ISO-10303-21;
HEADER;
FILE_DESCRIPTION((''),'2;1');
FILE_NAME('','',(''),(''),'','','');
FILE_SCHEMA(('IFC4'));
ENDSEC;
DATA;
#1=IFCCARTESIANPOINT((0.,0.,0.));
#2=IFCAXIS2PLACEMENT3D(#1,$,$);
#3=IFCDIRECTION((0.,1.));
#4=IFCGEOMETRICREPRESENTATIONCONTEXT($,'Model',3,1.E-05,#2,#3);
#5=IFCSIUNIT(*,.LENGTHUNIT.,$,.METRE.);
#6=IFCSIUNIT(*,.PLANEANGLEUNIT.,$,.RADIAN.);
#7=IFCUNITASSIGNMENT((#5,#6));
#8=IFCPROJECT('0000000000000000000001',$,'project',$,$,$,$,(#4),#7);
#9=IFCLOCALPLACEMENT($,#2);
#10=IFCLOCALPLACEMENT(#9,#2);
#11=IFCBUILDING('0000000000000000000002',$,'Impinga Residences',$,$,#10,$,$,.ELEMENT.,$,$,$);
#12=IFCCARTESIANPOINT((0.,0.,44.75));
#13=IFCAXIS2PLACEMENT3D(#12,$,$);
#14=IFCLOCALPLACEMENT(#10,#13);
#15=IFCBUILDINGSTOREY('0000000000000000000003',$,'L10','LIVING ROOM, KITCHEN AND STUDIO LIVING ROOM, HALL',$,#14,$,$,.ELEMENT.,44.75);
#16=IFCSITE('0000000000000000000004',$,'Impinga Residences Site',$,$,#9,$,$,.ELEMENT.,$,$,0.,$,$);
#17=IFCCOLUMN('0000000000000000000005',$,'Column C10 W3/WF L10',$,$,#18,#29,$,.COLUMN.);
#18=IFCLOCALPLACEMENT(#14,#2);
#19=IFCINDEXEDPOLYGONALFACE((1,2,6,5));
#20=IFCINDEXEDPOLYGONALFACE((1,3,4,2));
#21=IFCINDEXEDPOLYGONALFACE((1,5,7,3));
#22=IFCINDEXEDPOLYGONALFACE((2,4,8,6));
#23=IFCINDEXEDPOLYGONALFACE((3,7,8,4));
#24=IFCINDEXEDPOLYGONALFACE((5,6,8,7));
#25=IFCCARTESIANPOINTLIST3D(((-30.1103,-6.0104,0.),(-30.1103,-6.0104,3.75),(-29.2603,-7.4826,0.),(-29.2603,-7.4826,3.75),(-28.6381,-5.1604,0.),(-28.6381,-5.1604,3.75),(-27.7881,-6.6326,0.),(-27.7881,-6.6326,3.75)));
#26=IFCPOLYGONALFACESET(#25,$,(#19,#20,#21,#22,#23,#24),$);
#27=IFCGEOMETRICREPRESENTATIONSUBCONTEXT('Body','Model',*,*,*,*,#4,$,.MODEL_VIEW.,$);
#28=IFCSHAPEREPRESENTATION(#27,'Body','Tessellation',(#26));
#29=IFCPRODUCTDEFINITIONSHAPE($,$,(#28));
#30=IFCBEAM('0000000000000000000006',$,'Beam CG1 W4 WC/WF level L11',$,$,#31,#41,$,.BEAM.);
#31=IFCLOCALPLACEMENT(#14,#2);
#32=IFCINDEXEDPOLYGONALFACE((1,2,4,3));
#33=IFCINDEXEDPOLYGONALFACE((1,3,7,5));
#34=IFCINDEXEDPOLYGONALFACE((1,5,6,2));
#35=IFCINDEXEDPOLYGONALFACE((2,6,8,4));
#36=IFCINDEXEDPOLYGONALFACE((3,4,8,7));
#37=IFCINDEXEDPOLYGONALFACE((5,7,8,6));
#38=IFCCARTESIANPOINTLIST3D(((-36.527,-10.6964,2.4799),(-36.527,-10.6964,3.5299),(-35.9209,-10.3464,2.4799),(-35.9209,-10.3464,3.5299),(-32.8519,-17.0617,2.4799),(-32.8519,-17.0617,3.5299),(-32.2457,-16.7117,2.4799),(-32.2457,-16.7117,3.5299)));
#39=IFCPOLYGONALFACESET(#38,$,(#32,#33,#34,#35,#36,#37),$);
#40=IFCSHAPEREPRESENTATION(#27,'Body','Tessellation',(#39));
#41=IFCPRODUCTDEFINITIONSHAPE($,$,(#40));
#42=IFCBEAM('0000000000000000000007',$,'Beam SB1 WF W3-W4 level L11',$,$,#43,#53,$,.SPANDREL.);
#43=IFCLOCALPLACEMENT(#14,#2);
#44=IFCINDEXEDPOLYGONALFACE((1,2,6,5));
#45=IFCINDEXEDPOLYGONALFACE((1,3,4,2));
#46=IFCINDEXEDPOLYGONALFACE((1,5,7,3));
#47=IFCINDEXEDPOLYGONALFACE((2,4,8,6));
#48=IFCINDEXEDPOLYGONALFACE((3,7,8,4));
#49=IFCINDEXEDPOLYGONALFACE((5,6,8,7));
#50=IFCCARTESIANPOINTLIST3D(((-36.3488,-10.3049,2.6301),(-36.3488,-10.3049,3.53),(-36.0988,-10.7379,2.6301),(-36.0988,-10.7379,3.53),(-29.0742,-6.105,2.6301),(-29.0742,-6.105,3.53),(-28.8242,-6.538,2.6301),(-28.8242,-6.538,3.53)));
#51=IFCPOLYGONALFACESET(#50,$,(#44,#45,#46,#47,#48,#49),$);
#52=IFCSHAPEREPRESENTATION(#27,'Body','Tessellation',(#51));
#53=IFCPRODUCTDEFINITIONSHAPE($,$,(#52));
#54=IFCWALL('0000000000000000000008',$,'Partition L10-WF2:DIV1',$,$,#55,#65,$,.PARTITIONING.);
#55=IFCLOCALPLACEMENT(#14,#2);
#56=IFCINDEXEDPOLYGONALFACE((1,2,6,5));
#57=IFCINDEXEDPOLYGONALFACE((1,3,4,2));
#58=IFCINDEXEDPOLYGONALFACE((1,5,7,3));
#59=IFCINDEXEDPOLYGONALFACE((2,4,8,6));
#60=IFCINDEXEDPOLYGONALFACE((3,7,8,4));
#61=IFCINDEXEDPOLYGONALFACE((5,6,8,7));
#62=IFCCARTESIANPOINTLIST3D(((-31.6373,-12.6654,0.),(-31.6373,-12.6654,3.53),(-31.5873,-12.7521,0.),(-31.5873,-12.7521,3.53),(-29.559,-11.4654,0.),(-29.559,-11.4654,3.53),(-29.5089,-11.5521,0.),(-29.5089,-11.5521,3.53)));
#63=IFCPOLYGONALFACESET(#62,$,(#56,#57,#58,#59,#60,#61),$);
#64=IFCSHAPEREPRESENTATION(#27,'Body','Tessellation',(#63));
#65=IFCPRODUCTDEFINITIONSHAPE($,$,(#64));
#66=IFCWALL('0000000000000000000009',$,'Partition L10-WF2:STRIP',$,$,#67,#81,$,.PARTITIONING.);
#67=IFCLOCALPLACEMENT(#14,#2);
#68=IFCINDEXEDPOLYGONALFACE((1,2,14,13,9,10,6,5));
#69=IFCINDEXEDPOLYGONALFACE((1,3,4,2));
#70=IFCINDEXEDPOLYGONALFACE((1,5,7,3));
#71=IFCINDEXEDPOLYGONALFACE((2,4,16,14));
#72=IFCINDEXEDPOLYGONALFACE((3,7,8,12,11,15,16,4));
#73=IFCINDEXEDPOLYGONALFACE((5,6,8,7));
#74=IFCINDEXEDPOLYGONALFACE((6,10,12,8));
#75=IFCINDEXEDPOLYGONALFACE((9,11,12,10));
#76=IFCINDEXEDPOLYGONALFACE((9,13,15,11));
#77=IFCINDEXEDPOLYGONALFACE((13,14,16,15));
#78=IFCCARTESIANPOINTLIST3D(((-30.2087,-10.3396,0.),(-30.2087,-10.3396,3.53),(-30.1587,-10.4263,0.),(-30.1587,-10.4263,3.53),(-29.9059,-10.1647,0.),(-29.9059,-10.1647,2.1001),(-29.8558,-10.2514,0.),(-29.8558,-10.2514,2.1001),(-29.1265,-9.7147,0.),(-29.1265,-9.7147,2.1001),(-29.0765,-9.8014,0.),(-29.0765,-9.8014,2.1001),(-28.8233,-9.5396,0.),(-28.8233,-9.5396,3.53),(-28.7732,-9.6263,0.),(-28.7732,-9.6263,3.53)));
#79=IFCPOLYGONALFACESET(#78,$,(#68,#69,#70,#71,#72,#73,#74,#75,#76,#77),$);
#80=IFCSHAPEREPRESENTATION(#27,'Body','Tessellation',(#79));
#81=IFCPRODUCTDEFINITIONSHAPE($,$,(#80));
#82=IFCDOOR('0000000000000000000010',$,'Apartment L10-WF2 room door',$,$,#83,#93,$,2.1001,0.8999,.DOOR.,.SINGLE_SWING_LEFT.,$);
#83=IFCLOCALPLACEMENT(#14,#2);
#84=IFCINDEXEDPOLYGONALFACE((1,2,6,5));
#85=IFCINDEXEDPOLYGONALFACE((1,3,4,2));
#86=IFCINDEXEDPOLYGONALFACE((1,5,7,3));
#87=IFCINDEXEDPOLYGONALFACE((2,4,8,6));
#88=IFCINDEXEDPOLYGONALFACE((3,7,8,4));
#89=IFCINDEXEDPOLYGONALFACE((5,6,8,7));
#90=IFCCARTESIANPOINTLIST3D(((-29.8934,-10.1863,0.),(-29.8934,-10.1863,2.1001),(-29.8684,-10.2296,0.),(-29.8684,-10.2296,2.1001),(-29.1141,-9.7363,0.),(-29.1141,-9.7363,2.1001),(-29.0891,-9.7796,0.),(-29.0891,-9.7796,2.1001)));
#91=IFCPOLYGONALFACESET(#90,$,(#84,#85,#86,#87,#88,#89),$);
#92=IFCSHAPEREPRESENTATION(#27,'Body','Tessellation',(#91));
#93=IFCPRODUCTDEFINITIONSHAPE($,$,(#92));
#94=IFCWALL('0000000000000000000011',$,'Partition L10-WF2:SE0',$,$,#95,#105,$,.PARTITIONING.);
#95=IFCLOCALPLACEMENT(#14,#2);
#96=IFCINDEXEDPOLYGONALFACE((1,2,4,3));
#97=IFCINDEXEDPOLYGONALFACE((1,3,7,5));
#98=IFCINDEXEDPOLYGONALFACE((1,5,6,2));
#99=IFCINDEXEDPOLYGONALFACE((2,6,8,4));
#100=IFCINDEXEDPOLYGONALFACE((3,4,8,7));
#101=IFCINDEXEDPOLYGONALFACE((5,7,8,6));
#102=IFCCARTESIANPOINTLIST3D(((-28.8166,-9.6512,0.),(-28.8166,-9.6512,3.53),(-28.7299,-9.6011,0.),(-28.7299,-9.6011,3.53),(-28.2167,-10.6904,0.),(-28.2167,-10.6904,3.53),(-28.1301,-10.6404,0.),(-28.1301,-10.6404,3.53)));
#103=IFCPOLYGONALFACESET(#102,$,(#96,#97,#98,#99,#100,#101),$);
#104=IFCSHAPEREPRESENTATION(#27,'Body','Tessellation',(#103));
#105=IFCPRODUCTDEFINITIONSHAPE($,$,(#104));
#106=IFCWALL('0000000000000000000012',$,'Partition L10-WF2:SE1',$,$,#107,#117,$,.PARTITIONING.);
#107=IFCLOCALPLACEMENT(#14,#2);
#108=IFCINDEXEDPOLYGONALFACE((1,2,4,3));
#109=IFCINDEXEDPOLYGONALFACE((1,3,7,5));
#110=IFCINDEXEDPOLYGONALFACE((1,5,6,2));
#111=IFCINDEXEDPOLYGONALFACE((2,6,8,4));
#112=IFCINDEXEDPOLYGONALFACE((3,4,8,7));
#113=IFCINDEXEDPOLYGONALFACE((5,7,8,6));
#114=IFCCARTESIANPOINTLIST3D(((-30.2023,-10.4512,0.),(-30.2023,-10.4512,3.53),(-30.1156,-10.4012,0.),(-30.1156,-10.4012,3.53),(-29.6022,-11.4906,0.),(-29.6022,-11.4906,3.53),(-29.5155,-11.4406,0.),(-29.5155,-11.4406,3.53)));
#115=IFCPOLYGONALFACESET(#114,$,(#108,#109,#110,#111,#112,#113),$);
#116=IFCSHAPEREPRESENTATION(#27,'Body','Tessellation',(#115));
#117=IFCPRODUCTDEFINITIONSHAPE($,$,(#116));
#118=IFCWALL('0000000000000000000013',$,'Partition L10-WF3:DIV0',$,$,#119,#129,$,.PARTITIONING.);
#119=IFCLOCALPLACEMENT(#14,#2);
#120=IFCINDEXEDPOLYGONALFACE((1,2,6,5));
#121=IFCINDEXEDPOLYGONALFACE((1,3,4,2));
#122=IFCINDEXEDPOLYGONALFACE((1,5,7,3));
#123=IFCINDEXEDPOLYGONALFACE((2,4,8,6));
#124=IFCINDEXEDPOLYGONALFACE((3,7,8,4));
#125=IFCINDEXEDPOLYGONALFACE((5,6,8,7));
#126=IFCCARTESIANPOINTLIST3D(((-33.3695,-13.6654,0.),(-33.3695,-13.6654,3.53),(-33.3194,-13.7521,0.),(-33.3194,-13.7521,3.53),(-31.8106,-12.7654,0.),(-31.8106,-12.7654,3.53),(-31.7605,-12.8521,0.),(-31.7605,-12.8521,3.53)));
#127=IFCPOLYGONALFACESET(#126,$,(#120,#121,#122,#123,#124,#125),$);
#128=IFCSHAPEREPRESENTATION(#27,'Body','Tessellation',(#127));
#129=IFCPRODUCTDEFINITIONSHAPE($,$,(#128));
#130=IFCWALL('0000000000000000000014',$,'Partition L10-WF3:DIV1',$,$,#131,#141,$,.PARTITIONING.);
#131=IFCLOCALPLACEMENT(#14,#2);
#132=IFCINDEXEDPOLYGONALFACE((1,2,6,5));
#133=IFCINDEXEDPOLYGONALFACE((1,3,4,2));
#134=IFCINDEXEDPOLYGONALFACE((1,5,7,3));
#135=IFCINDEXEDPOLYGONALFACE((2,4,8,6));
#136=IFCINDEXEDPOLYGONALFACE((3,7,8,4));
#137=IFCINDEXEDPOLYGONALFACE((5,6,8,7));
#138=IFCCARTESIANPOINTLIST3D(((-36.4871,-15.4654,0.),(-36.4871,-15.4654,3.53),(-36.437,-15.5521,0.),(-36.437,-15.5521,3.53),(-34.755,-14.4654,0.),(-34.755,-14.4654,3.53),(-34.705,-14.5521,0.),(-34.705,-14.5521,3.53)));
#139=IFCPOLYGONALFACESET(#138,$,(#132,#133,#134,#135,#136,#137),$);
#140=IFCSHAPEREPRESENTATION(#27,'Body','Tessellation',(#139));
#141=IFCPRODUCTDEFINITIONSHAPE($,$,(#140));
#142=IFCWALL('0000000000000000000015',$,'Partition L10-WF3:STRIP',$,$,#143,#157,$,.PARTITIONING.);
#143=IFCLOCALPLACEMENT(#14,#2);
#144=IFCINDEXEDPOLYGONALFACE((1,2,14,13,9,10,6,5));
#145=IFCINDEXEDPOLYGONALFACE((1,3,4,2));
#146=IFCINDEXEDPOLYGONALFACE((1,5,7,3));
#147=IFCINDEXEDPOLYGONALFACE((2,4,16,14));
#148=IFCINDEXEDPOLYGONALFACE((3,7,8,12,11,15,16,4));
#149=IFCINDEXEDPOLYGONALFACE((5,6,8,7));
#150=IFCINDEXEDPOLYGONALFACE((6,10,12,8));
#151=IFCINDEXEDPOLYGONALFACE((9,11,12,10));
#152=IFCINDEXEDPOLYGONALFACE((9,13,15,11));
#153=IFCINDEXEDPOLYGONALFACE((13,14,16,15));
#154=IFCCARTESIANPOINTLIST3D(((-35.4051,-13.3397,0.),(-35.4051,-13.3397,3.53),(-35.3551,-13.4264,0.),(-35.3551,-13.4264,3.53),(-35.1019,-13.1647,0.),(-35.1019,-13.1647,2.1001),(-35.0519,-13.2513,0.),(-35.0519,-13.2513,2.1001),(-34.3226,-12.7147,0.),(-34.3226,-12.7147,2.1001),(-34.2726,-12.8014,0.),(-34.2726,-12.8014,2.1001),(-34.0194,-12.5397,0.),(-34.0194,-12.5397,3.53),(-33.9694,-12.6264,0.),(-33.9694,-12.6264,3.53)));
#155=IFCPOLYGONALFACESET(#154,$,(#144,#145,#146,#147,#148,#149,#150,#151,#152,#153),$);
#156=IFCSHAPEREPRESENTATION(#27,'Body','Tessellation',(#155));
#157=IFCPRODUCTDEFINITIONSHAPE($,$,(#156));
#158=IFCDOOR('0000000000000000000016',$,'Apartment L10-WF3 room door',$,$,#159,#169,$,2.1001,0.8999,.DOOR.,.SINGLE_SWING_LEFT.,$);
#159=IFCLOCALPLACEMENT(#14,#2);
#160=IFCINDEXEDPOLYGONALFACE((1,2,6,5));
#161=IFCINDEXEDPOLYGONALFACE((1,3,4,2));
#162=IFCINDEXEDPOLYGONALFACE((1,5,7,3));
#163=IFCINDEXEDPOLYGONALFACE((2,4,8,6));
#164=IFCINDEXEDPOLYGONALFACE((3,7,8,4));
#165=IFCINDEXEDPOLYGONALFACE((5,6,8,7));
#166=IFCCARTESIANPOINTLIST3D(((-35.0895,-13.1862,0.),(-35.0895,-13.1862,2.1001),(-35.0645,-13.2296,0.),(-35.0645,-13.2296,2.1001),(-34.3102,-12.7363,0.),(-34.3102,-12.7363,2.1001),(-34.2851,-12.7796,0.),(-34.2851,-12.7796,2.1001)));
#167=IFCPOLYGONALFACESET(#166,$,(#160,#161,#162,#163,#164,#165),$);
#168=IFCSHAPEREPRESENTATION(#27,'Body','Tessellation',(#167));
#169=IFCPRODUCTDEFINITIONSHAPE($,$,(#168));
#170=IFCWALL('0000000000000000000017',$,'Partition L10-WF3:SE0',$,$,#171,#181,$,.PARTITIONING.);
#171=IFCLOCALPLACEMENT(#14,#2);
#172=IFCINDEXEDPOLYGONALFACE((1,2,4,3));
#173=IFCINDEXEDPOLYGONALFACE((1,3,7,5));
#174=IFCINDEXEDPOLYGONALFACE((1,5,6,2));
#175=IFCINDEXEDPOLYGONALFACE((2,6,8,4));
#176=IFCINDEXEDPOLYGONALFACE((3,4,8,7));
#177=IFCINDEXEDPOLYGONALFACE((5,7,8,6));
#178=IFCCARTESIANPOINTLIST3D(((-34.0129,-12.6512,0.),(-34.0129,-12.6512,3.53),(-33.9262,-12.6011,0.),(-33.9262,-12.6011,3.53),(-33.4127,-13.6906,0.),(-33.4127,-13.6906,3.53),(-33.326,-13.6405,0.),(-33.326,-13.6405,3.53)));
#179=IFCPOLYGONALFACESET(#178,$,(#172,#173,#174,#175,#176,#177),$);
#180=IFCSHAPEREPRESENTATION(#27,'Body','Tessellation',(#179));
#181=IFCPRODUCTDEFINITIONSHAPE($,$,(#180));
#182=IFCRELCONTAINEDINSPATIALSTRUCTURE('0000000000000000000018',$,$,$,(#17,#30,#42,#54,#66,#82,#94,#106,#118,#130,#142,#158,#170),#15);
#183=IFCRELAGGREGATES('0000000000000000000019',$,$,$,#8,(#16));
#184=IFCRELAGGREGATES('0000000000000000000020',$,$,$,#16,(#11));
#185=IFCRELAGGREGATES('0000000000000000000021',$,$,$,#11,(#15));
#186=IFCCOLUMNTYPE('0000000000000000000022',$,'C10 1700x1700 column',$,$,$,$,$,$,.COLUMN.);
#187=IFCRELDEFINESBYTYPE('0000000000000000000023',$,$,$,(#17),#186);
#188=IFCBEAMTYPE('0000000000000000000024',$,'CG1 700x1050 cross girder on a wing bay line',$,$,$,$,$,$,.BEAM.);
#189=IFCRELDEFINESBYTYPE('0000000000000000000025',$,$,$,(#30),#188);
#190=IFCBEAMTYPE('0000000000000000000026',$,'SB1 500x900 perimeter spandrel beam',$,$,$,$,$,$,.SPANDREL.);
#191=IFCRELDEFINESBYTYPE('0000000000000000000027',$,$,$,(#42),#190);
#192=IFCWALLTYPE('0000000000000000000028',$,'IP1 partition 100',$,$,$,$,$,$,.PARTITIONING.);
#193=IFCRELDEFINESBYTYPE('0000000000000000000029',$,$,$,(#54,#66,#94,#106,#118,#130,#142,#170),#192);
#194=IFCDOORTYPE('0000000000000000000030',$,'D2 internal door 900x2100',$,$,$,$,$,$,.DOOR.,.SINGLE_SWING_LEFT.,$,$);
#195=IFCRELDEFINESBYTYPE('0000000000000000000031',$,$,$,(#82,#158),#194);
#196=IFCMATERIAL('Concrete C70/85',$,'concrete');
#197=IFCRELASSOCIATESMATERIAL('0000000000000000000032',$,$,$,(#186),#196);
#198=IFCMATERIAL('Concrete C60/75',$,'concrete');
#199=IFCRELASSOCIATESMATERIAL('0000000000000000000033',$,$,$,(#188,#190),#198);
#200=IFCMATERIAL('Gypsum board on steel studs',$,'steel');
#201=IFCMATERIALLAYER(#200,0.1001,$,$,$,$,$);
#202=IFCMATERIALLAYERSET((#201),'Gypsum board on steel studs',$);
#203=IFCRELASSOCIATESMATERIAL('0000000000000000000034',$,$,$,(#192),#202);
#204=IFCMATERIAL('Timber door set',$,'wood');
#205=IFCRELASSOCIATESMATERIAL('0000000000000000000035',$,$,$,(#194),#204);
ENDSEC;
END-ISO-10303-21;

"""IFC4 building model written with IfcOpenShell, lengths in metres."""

from ifc_helpers import new_model, si_unit, direction, frame, frame_2d, origin, origin_2d, place, context, subcontext, project, spatial, rectangle, extrude, material, layer, layer_set, material_profile, profile_set, type_object, element, fill, save


model = new_model("IFC4")

# Units and contexts
model_context = context("Model", 3, precision=1e-05, world=origin(), true_north=direction((0.0, 1.0)))
body_context = subcontext(model_context, "Body", "Model", "MODEL_VIEW")
ifc_project = project(units=[si_unit("LENGTHUNIT", "METRE"), si_unit("PLANEANGLEUNIT", "RADIAN")], contexts=[model_context])

# Site, building, storey
site_placement = place(None, origin())
site = spatial("IfcSite", under=ifc_project, at=site_placement, Name="Impinga Residences Site", CompositionType="ELEMENT", RefElevation=0.0)
building_placement = place(site_placement, origin())
building = spatial("IfcBuilding", under=site, at=building_placement, Name="Impinga Residences", CompositionType="ELEMENT")
storey_placement = place(building_placement, frame((0.0, 0.0, 44.75)))
storey = spatial("IfcBuildingStorey", under=building, at=storey_placement, Name="L10", Description="LIVING ROOM, KITCHEN AND STUDIO LIVING ROOM, HALL", CompositionType="ELEMENT", Elevation=44.75)

# Column
ifc_material_1 = material(Name="Concrete C70/85", Category="concrete")
ifc_material_profile_1 = material_profile(ifc_material_1, rectangle(XDim=1.7, YDim=1.7, at=origin_2d()), Name="RC 1700x1700")
ifc_profile_set_1 = profile_set([ifc_material_profile_1], Name="Concrete C70/85")
column_type = type_object("IfcColumnType", Name="C10 1700x1700 column", PredefinedType="COLUMN", material=ifc_profile_set_1)
column_placement = place(storey_placement, frame((-28.9492, -6.3215, 0.0), z_axis=(0.0, 0.0, 1.0), x_axis=(-0.5, 0.866025, 0.0)))
element("IfcColumn", 1, at=column_placement, inside=storey, type_object=column_type, Name="Column C10 W3/WF L10", PredefinedType="COLUMN", context=body_context, shape_type="SweptSolid", body=[
    extrude(rectangle(XDim=1.7, YDim=1.7, at=origin_2d()), origin(), (0.0, 0.0, 1.0), 3.75),
])

# Beams
ifc_material_2 = material(Name="Concrete C60/75", Category="concrete")
ifc_material_profile_2 = material_profile(ifc_material_2, rectangle(XDim=0.7, YDim=1.05, at=origin_2d()), Name="RC 700x1050")
ifc_profile_set_2 = profile_set([ifc_material_profile_2], Name="Concrete C60/75")
beam_type_1 = type_object("IfcBeamType", Name="CG1 700x1050 cross girder on a wing bay line", PredefinedType="BEAM", material=ifc_profile_set_2)
beam_1_placement = place(storey_placement, frame((-32.5488, -16.8867, 3.0049), z_axis=(-0.500008, 0.866021, 0.0), x_axis=(-0.866021, -0.500008, 0.0)))
element("IfcBeam", 2, at=beam_1_placement, inside=storey, type_object=beam_type_1, Name="Beam CG1 W4 WC/WF level L11", PredefinedType="BEAM", context=body_context, shape_type="SweptSolid", body=[
    extrude(rectangle(XDim=0.7, YDim=1.05, at=origin_2d()), origin(), (0.0, 0.0, 1.0), 7.3501),
])
ifc_material_profile_3 = material_profile(ifc_material_2, rectangle(XDim=0.5, YDim=0.8999, at=origin_2d()), Name="RC 500x900")
ifc_profile_set_3 = profile_set([ifc_material_profile_3], Name="Concrete C60/75")
beam_type_2 = type_object("IfcBeamType", Name="SB1 500x900 perimeter spandrel beam", PredefinedType="SPANDREL", material=ifc_profile_set_3)
beam_2_placement = place(storey_placement, frame((-28.9492, -6.3215, 3.0801), z_axis=(-0.866029, -0.499993, 0.0), x_axis=(0.499993, -0.866029, 0.0)))
element("IfcBeam", 3, at=beam_2_placement, inside=storey, type_object=beam_type_2, Name="Beam SB1 WF W3-W4 level L11", PredefinedType="SPANDREL", context=body_context, shape_type="SweptSolid", body=[
    extrude(rectangle(XDim=0.5, YDim=0.8999, at=origin_2d()), origin(), (0.0, 0.0, 1.0), 8.3999),
])

# Wall
ifc_material_3 = material(Name="Gypsum board on steel studs", Category="steel")
ifc_layer_1 = layer(ifc_material_3, 0.1001)
ifc_layer_set_1 = layer_set([ifc_layer_1], Name="Gypsum board on steel studs")
wall_type_1 = type_object("IfcWallType", Name="IP1 partition 100", PredefinedType="PARTITIONING", material=ifc_layer_set_1)
wall_1_placement = place(storey_placement, frame((-29.5339, -11.5088, 0.0), z_axis=(0.0, 0.0, 1.0), x_axis=(-0.866025, -0.500001, 0.0)))
element("IfcWall", 4, at=wall_1_placement, inside=storey, type_object=wall_type_1, Name="Partition L10-WF2:DIV1", PredefinedType="PARTITIONING", context=body_context, shape_type="SweptSolid", body=[
    extrude(rectangle(XDim=2.3999, YDim=0.1001, at=frame_2d((1.2, 0.0))), origin(), (0.0, 0.0, 1.0), 3.53),
])

# Wall, opening, door
wall_2_placement = place(storey_placement, frame((-28.7983, -9.583, 0.0), z_axis=(0.0, 0.0, 1.0), x_axis=(-0.86599, -0.500061, 0.0)))
wall_2 = element("IfcWall", 5, at=wall_2_placement, inside=storey, type_object=wall_type_1, Name="Partition L10-WF2:STRIP", PredefinedType="PARTITIONING", context=body_context, shape_type="SweptSolid", body=[
    extrude(rectangle(XDim=1.5999, YDim=0.1001, at=frame_2d((0.7998, 0.0))), origin(), (0.0, 0.0, 1.0), 3.53),
])
opening_1_placement = place(wall_2_placement, frame((0.3501, 0.0, 0.0)))
opening_1 = element("IfcOpeningElement", 6, at=opening_1_placement, cuts=wall_2, PredefinedType="OPENING", context=body_context, shape_type="SweptSolid", body=[
    extrude(rectangle(XDim=0.8999, YDim=2.1001, at=frame_2d((0.45, 1.05))), frame((0.0, 0.0601, 0.0), z_axis=(0.0, -1.0, 0.0), x_axis=(1.0, 0.0, 0.0)), (0.0, 0.0, 1.0), 0.1201),
])
ifc_material_4 = material(Name="Timber door set", Category="wood")
door_type = type_object("IfcDoorType", Name="D2 internal door 900x2100", OperationType="SINGLE_SWING_LEFT", PredefinedType="DOOR", material=ifc_material_4)
door_1_placement = place(opening_1_placement, origin())
door_1 = element("IfcDoor", 7, at=door_1_placement, inside=storey, type_object=door_type, Name="Apartment L10-WF2 room door", OperationType="SINGLE_SWING_LEFT", OverallHeight=2.1001, OverallWidth=0.8999, PredefinedType="DOOR", context=body_context, shape_type="SweptSolid", body=[
    extrude(rectangle(XDim=0.8999, YDim=2.1001, at=frame_2d((0.45, 1.05))), frame((0.0, 0.0249, 0.0), z_axis=(0.0, -1.0, 0.0), x_axis=(1.0, 0.0, 0.0)), (0.0, 0.0, 1.0), 0.05),
])
fill(opening_1, door_1)

# Walls
wall_3_placement = place(storey_placement, frame((-28.1733, -10.6655, 0.0), z_axis=(0.0, 0.0, 1.0), x_axis=(-0.499881, 0.866094, 0.0)))
element("IfcWall", 8, at=wall_3_placement, inside=storey, type_object=wall_type_1, Name="Partition L10-WF2:SE0", PredefinedType="PARTITIONING", context=body_context, shape_type="SweptSolid", body=[
    extrude(rectangle(XDim=1.2, YDim=0.1001, at=frame_2d((0.6001, 0.0))), origin(), (0.0, 0.0, 1.0), 3.53),
])
wall_4_placement = place(storey_placement, frame((-29.5588, -11.4656, 0.0), z_axis=(0.0, 0.0, 1.0), x_axis=(-0.500034, 0.866006, 0.0)))
element("IfcWall", 9, at=wall_4_placement, inside=storey, type_object=wall_type_1, Name="Partition L10-WF2:SE1", PredefinedType="PARTITIONING", context=body_context, shape_type="SweptSolid", body=[
    extrude(rectangle(XDim=1.2002, YDim=0.1001, at=frame_2d((0.6001, 0.0))), origin(), (0.0, 0.0, 1.0), 3.53),
])
wall_5_placement = place(storey_placement, frame((-31.7856, -12.8088, 0.0), z_axis=(0.0, 0.0, 1.0), x_axis=(-0.866048, -0.499961, 0.0)))
element("IfcWall", 10, at=wall_5_placement, inside=storey, type_object=wall_type_1, Name="Partition L10-WF3:DIV0", PredefinedType="PARTITIONING", context=body_context, shape_type="SweptSolid", body=[
    extrude(rectangle(XDim=1.8, YDim=0.1001, at=frame_2d((0.8999, 0.0))), origin(), (0.0, 0.0, 1.0), 3.53),
])
wall_6_placement = place(storey_placement, frame((-34.73, -14.5088, 0.0), z_axis=(0.0, 0.0, 1.0), x_axis=(-0.866041, -0.499973, 0.0)))
element("IfcWall", 11, at=wall_6_placement, inside=storey, type_object=wall_type_1, Name="Partition L10-WF3:DIV1", PredefinedType="PARTITIONING", context=body_context, shape_type="SweptSolid", body=[
    extrude(rectangle(XDim=2.0, YDim=0.1001, at=frame_2d((1.0, 0.0))), origin(), (0.0, 0.0, 1.0), 3.53),
])

# Wall, opening, door
wall_7_placement = place(storey_placement, frame((-33.9944, -12.583, 0.0), z_axis=(0.0, 0.0, 1.0), x_axis=(-0.866028, -0.499995, 0.0)))
wall_7 = element("IfcWall", 12, at=wall_7_placement, inside=storey, type_object=wall_type_1, Name="Partition L10-WF3:STRIP", PredefinedType="PARTITIONING", context=body_context, shape_type="SweptSolid", body=[
    extrude(rectangle(XDim=1.6001, YDim=0.1001, at=frame_2d((0.8, 0.0))), origin(), (0.0, 0.0, 1.0), 3.53),
])
opening_2_placement = place(wall_7_placement, frame((0.3501, 0.0, 0.0)))
opening_2 = element("IfcOpeningElement", 13, at=opening_2_placement, cuts=wall_7, PredefinedType="OPENING", context=body_context, shape_type="SweptSolid", body=[
    extrude(rectangle(XDim=0.8999, YDim=2.1001, at=frame_2d((0.45, 1.05))), frame((0.0, 0.0601, 0.0), z_axis=(0.0, -1.0, 0.0), x_axis=(1.0, 0.0, 0.0)), (0.0, 0.0, 1.0), 0.1201),
])
door_2_placement = place(opening_2_placement, origin())
door_2 = element("IfcDoor", 14, at=door_2_placement, inside=storey, type_object=door_type, Name="Apartment L10-WF3 room door", OperationType="SINGLE_SWING_LEFT", OverallHeight=2.1001, OverallWidth=0.8999, PredefinedType="DOOR", context=body_context, shape_type="SweptSolid", body=[
    extrude(rectangle(XDim=0.8999, YDim=2.1001, at=frame_2d((0.45, 1.05))), frame((0.0, 0.0249, 0.0), z_axis=(0.0, -1.0, 0.0), x_axis=(1.0, 0.0, 0.0)), (0.0, 0.0, 1.0), 0.05),
])
fill(opening_2, door_2)

# Wall
wall_8_placement = place(storey_placement, frame((-33.3694, -13.6655, 0.0), z_axis=(0.0, 0.0, 1.0), x_axis=(-0.500034, 0.866006, 0.0)))
element("IfcWall", 15, at=wall_8_placement, inside=storey, type_object=wall_type_1, Name="Partition L10-WF3:SE0", PredefinedType="PARTITIONING", context=body_context, shape_type="SweptSolid", body=[
    extrude(rectangle(XDim=1.2002, YDim=0.1001, at=frame_2d((0.6001, 0.0))), origin(), (0.0, 0.0, 1.0), 3.53),
])

save(model, "model.ifc")
